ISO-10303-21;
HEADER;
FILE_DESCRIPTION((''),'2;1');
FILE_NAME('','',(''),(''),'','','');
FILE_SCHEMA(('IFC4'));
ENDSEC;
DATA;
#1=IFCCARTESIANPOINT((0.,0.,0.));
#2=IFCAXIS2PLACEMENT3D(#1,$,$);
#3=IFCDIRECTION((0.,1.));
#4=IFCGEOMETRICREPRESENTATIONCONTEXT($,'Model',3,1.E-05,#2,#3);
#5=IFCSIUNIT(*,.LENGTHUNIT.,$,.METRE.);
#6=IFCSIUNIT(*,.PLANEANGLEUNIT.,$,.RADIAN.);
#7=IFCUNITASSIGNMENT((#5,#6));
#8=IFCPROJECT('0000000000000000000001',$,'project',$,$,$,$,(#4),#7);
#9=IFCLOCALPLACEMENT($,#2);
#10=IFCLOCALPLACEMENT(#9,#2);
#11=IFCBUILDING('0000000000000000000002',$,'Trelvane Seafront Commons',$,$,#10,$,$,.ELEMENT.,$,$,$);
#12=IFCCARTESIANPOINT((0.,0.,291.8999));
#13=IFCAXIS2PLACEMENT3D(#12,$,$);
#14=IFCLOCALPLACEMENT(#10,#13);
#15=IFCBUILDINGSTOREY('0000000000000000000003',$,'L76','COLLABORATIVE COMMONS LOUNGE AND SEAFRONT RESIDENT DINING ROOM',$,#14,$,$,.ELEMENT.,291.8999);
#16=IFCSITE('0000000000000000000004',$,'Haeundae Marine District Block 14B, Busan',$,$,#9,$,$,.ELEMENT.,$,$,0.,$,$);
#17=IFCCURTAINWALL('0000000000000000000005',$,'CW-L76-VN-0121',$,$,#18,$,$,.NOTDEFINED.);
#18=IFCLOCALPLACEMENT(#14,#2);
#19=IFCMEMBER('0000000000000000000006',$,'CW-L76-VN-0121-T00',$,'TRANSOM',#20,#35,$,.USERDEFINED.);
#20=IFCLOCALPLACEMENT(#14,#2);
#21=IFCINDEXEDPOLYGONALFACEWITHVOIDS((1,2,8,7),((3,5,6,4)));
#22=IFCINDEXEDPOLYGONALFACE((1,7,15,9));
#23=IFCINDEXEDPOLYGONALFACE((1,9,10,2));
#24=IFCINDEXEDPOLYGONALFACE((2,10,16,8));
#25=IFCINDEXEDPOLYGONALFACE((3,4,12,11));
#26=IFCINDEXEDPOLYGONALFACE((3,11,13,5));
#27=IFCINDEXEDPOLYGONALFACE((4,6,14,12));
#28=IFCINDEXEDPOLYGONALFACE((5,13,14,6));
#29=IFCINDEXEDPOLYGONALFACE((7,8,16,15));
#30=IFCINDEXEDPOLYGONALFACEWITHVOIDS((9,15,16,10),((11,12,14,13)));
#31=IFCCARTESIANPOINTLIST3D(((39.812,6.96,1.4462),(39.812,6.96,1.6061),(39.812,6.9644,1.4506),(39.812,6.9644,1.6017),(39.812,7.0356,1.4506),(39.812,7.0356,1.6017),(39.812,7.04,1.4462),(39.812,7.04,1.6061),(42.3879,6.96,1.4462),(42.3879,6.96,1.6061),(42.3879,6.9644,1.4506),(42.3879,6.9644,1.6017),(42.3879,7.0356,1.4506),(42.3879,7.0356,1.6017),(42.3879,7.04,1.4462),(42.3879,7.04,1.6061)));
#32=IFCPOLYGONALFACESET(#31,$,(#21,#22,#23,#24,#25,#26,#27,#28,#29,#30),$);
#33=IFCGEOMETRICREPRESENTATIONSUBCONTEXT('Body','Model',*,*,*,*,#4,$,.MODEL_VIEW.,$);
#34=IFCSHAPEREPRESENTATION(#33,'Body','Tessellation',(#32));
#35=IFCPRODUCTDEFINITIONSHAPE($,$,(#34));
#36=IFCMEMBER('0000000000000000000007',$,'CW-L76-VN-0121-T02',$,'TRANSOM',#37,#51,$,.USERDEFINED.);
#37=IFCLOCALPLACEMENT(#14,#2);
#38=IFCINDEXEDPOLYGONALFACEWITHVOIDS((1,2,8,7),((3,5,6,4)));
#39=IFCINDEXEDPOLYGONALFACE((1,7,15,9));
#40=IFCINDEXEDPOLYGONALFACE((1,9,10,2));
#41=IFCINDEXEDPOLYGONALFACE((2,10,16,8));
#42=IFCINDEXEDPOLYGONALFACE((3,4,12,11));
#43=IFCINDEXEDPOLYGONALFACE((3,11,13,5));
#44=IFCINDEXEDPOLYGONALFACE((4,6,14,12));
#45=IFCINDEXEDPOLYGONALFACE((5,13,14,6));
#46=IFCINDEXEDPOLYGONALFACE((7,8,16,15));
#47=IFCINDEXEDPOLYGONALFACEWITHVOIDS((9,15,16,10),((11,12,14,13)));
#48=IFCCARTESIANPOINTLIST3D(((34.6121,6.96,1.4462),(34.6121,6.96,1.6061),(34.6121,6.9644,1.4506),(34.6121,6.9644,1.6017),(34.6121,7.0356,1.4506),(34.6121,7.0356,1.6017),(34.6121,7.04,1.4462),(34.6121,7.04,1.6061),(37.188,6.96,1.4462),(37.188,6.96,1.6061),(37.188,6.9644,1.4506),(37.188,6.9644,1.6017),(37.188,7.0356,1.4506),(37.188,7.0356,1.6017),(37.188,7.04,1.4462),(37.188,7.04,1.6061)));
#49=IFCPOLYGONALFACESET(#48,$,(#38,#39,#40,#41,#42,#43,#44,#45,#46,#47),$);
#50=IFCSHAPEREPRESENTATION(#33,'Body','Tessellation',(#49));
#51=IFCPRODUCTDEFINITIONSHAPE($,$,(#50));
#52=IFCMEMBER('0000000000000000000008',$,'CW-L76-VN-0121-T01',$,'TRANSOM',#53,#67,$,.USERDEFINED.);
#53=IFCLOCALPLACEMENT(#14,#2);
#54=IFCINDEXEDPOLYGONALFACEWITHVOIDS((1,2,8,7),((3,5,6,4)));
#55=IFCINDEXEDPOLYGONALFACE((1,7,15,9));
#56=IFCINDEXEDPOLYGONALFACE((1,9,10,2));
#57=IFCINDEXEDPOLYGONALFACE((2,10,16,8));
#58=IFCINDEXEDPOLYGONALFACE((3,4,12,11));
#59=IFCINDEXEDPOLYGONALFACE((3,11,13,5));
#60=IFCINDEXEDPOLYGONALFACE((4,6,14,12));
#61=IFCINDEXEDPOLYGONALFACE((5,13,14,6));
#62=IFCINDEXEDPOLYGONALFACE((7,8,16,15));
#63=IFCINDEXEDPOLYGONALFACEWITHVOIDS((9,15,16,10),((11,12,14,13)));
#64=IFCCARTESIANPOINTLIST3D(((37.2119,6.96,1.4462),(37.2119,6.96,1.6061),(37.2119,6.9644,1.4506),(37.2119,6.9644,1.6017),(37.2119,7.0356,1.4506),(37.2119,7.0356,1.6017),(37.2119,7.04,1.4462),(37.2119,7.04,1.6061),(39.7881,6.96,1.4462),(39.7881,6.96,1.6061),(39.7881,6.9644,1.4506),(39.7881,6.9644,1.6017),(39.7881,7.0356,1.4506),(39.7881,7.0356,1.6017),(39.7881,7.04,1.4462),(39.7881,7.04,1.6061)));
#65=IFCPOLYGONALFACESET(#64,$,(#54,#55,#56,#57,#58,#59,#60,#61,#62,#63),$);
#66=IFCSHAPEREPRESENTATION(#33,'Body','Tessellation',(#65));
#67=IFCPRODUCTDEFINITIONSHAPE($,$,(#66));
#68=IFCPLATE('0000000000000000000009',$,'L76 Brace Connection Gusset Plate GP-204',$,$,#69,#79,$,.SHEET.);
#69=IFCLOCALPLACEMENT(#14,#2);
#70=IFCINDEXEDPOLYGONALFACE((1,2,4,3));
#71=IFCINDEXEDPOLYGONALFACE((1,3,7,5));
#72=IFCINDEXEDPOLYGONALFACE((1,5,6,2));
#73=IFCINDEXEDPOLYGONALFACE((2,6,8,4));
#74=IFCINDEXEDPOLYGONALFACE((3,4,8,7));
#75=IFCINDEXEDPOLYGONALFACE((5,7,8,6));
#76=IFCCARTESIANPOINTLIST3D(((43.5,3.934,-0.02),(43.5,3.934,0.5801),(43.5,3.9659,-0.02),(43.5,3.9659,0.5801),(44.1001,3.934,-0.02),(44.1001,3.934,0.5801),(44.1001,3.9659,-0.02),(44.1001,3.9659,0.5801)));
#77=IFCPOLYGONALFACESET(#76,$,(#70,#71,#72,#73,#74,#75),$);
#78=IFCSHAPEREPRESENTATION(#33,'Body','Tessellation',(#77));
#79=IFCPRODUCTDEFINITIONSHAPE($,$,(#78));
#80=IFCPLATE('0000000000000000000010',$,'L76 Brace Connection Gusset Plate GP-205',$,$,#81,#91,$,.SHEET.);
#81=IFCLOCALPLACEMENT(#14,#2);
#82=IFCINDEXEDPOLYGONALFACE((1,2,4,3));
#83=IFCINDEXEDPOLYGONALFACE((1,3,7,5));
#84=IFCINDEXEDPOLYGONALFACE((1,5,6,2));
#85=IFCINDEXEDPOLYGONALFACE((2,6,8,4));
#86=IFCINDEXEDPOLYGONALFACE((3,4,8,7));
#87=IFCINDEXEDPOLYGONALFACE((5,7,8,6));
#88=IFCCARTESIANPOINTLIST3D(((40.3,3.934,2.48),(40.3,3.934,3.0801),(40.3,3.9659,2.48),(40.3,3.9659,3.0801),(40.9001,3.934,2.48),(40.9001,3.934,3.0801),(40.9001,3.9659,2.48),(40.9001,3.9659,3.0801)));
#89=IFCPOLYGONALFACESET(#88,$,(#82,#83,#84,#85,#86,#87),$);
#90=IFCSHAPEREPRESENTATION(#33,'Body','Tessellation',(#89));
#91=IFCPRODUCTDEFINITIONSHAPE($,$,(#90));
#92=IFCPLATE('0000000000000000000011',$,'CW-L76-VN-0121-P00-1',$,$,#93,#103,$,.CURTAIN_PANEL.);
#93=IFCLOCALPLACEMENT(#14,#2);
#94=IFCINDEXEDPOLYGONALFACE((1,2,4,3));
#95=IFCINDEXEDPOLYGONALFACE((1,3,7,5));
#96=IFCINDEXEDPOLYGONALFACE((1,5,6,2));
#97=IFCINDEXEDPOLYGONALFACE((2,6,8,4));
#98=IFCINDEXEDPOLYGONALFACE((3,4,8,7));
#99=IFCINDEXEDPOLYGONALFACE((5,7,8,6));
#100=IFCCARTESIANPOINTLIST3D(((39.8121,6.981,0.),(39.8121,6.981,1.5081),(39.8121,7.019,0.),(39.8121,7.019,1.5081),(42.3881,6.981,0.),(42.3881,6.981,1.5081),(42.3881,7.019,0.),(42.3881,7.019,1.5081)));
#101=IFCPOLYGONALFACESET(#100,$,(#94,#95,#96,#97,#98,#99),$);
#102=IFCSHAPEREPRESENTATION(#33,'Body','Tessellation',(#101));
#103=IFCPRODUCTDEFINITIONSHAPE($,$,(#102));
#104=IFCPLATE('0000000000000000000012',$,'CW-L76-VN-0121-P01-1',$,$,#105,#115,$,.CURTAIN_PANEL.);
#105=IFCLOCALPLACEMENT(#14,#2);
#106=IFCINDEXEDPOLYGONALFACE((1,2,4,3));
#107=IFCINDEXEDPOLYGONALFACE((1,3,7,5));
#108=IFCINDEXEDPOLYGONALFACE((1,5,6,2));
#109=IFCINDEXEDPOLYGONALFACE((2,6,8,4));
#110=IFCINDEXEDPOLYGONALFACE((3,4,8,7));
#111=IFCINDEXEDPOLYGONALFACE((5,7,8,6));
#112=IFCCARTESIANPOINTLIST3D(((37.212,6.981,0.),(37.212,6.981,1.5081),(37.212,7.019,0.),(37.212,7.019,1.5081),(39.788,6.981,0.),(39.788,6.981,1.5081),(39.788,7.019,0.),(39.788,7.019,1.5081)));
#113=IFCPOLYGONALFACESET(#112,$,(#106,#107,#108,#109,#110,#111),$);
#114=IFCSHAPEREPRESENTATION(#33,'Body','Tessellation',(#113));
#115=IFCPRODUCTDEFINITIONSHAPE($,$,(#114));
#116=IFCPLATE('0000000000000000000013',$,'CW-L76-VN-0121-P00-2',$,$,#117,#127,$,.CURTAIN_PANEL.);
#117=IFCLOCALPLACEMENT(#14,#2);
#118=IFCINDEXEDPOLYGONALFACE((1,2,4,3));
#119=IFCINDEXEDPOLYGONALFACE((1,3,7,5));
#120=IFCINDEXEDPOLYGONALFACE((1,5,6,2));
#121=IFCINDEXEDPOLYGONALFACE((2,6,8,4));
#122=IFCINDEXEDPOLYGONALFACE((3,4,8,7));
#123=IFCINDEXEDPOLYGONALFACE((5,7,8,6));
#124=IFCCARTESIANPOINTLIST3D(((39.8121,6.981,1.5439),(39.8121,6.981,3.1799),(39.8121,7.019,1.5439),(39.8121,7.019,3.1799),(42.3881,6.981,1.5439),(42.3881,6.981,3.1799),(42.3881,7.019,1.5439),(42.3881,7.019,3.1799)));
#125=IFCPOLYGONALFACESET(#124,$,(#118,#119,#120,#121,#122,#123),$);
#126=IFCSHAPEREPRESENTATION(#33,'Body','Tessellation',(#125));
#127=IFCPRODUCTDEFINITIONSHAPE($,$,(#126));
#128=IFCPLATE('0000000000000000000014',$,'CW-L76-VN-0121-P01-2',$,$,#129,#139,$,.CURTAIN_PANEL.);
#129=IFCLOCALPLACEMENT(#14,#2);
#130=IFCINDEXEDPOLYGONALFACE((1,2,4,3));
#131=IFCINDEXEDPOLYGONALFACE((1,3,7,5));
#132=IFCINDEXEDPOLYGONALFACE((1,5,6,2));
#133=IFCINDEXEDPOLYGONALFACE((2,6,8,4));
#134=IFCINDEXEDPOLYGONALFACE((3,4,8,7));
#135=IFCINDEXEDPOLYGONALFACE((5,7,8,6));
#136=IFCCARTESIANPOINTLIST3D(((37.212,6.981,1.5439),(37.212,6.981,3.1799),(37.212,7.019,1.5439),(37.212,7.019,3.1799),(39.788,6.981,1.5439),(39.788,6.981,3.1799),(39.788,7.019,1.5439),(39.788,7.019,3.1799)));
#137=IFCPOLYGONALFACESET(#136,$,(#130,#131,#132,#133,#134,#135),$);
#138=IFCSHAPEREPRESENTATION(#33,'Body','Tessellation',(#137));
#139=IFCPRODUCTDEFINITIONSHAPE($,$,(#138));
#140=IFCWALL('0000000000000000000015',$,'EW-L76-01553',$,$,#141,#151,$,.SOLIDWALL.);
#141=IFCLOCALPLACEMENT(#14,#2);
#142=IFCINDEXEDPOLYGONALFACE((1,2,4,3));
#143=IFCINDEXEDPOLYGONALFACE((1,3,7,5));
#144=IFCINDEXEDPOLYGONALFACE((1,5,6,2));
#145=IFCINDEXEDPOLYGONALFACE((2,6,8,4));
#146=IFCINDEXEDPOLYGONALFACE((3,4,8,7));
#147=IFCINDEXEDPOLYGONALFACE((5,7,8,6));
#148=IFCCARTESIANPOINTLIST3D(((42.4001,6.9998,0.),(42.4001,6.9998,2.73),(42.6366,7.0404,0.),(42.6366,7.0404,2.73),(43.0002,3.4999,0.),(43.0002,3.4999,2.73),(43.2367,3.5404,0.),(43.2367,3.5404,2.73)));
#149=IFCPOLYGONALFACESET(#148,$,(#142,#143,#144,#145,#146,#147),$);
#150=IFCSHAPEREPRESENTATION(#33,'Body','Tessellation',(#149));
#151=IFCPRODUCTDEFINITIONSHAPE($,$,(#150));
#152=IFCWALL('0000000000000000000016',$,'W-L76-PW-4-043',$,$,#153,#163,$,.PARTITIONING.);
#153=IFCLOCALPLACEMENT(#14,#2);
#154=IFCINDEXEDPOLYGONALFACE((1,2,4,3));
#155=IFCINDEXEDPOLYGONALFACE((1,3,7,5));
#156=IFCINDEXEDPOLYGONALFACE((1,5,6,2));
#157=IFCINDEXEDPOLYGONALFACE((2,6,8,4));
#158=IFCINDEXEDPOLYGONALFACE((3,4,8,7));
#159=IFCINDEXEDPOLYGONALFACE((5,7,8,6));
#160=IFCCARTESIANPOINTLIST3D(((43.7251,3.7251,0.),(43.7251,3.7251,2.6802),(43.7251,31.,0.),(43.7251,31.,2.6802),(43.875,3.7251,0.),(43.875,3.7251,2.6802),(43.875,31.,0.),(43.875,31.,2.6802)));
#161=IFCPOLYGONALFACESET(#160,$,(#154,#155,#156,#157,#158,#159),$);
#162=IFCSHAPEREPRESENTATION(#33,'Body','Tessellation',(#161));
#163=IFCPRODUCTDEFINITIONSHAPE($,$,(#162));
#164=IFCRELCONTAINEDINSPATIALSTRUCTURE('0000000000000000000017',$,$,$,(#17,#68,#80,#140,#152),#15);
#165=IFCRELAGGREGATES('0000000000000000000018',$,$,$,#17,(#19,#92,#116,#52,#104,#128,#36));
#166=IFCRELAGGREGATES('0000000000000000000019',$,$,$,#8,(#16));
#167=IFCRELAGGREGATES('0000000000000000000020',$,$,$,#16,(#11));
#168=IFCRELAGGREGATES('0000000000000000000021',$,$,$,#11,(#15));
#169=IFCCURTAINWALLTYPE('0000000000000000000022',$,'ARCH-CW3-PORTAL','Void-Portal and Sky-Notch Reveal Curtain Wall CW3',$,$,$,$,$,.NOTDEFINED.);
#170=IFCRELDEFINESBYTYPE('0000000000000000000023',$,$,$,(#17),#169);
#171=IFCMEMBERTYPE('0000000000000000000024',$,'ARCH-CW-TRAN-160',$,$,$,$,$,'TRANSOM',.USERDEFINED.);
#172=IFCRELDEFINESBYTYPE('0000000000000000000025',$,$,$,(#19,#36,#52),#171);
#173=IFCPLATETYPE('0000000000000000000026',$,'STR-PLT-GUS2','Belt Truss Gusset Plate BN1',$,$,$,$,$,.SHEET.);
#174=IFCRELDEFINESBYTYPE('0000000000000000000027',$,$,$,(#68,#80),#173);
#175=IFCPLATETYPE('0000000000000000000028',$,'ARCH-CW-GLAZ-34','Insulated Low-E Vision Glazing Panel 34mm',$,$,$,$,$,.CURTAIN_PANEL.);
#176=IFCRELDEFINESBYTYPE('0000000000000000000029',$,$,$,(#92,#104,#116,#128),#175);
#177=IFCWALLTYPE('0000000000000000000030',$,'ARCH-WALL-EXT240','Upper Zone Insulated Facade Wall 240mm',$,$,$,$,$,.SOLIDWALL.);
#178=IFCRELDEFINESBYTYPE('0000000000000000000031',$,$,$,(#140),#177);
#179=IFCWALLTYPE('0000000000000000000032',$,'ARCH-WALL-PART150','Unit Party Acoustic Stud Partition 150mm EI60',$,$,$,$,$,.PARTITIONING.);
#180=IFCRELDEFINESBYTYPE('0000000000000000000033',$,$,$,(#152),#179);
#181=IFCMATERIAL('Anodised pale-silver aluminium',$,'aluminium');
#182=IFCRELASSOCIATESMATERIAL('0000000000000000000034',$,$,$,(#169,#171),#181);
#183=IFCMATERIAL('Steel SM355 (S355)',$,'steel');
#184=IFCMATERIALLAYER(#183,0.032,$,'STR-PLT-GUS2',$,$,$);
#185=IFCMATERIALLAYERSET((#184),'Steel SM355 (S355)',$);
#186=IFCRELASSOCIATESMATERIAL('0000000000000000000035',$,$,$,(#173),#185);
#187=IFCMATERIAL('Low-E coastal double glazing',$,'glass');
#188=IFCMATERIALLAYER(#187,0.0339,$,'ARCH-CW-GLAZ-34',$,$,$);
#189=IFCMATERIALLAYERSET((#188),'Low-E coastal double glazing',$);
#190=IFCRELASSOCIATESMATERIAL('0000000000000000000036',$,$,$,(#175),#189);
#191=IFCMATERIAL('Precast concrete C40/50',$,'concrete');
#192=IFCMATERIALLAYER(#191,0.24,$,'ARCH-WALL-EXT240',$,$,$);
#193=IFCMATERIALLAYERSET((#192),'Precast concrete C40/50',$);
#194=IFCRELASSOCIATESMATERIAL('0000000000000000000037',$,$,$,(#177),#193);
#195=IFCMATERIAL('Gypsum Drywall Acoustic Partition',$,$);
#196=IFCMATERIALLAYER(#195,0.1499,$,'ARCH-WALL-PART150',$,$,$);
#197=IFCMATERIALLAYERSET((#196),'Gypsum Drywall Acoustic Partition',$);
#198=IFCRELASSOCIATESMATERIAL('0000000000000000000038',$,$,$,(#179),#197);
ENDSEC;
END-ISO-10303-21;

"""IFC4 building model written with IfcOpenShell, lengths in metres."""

from ifc_helpers import new_model, si_unit, direction, frame, frame_2d, origin, origin_2d, place, context, subcontext, project, spatial, rectangle, hollow_rectangle, extrude, source, transform, mapped, material, layer, layer_set, material_profile, profile_set, type_object, element, aggregate, save


model = new_model("IFC4")

# Units and contexts
model_context = context("Model", 3, precision=1e-05, world=origin(), true_north=direction((0.0, 1.0)))
body_context = subcontext(model_context, "Body", "Model", "MODEL_VIEW")
ifc_project = project(units=[si_unit("LENGTHUNIT", "METRE"), si_unit("PLANEANGLEUNIT", "RADIAN")], contexts=[model_context])

# Site, building, storey
site_placement = place(None, origin())
site = spatial("IfcSite", under=ifc_project, at=site_placement, Name="Haeundae Marine District Block 14B, Busan", CompositionType="ELEMENT", RefElevation=0.0)
building_placement = place(site_placement, origin())
building = spatial("IfcBuilding", under=site, at=building_placement, Name="Trelvane Seafront Commons", CompositionType="ELEMENT")
storey_placement = place(building_placement, frame((0.0, 0.0, 291.8999)))
storey = spatial("IfcBuildingStorey", under=building, at=storey_placement, Name="L76", Description="COLLABORATIVE COMMONS LOUNGE AND SEAFRONT RESIDENT DINING ROOM", CompositionType="ELEMENT", Elevation=291.8999)

# Shared definitions
ifc_material_1 = material(Name="Steel SM355 (S355)", Category="steel")

# Curtain wall, members
ifc_material_2 = material(Name="Anodised pale-silver aluminium", Category="aluminium")
curtain_wall_type = type_object("IfcCurtainWallType", Name="ARCH-CW3-PORTAL", Description="Void-Portal and Sky-Notch Reveal Curtain Wall CW3", PredefinedType="NOTDEFINED", material=ifc_material_2)
curtain_wall_placement = place(storey_placement, origin())
curtain_wall = element("IfcCurtainWall", 1, at=curtain_wall_placement, inside=storey, type_object=curtain_wall_type, Name="CW-L76-VN-0121", PredefinedType="NOTDEFINED")
ifc_material_profile_1 = material_profile(ifc_material_2, hollow_rectangle(XDim=0.0801, YDim=0.1599, WallThickness=0.0044, at=origin_2d()), Name="TRAN-80x160x4.5")
ifc_profile_set_1 = profile_set([ifc_material_profile_1], Name="Anodised pale-silver aluminium")
member_type_1 = type_object("IfcMemberType", Name="ARCH-CW-TRAN-160", ElementType="TRANSOM", PredefinedType="USERDEFINED", material=ifc_profile_set_1)
shared_shape_1 = source(origin(), body_context, "Body", "SweptSolid", [
    extrude(hollow_rectangle(XDim=0.0801, YDim=0.1599, WallThickness=0.0044, at=origin_2d()), origin(), (0.0, 0.0, 1.0), 2.5759),
])
member_1_placement = place(storey_placement, frame((42.3879, 7.0, 1.5261), z_axis=(-1.0, 0.0, 0.0), x_axis=(0.0, -1.0, 0.0)))
member_1 = element("IfcMember", 2, at=member_1_placement, type_object=member_type_1, Name="CW-L76-VN-0121-T00", ObjectType="TRANSOM", PredefinedType="USERDEFINED", context=body_context, shape_type="MappedRepresentation", body=[
    mapped(shared_shape_1, transform((0.0, 0.0, 0.0), x_axis=(1.0, 0.0, 0.0), y_axis=(0.0, 1.0, 0.0), z_axis=(0.0, 0.0, 1.0), scale=1.0)),
])
member_2_placement = place(storey_placement, frame((37.188, 7.0, 1.5261), z_axis=(-1.0, 0.0, 0.0), x_axis=(0.0, -1.0, 0.0)))
member_2 = element("IfcMember", 3, at=member_2_placement, type_object=member_type_1, Name="CW-L76-VN-0121-T02", ObjectType="TRANSOM", PredefinedType="USERDEFINED", context=body_context, shape_type="MappedRepresentation", body=[
    mapped(shared_shape_1, transform((0.0, 0.0, 0.0), x_axis=(1.0, 0.0, 0.0), y_axis=(0.0, 1.0, 0.0), z_axis=(0.0, 0.0, 1.0), scale=1.0)),
])
shared_shape_2 = source(origin(), body_context, "Body", "SweptSolid", [
    extrude(hollow_rectangle(XDim=0.0801, YDim=0.1599, WallThickness=0.0044, at=origin_2d()), origin(), (0.0, 0.0, 1.0), 2.5762),
])
member_3_placement = place(storey_placement, frame((39.7881, 7.0, 1.5261), z_axis=(-1.0, 0.0, 0.0), x_axis=(0.0, -1.0, 0.0)))
member_3 = element("IfcMember", 4, at=member_3_placement, type_object=member_type_1, Name="CW-L76-VN-0121-T01", ObjectType="TRANSOM", PredefinedType="USERDEFINED", context=body_context, shape_type="MappedRepresentation", body=[
    mapped(shared_shape_2, transform((0.0, 0.0, 0.0), x_axis=(1.0, 0.0, 0.0), y_axis=(0.0, 1.0, 0.0), z_axis=(0.0, 0.0, 1.0), scale=1.0)),
])

# Plates
ifc_layer_1 = layer(ifc_material_1, 0.032, Name="STR-PLT-GUS2")
ifc_layer_set_1 = layer_set([ifc_layer_1], Name="Steel SM355 (S355)")
plate_type_1 = type_object("IfcPlateType", Name="STR-PLT-GUS2", Description="Belt Truss Gusset Plate BN1", PredefinedType="SHEET", material=ifc_layer_set_1)
shared_shape_3 = source(origin(), body_context, "Body", "SweptSolid", [
    extrude(rectangle(XDim=0.6001, YDim=0.032, at=origin_2d()), origin(), (0.0, 0.0, 1.0), 0.6001),
])
for number, where, z_axis, x_axis, name in (
    (5, (43.8, 3.95, -0.02), (0.0, 0.0, 1.0), (1.0, 0.0, 0.0), "L76 Brace Connection Gusset Plate GP-204"),
    (6, (40.6001, 3.95, 2.48), (0.0, 0.0, 1.0), (1.0, 0.0, 0.0), "L76 Brace Connection Gusset Plate GP-205"),
):
    element("IfcPlate", number, at=place(storey_placement, frame(where, z_axis=z_axis, x_axis=x_axis)), inside=storey, type_object=plate_type_1, Name=name, PredefinedType="SHEET", context=body_context, shape_type="MappedRepresentation", body=[
        mapped(shared_shape_3, transform((0.0, 0.0, 0.0), x_axis=(1.0, 0.0, 0.0), y_axis=(0.0, 1.0, 0.0), z_axis=(0.0, 0.0, 1.0), scale=1.0)),
    ])

# Plates
ifc_material_3 = material(Name="Low-E coastal double glazing", Category="glass")
ifc_layer_2 = layer(ifc_material_3, 0.0339, Name="ARCH-CW-GLAZ-34")
ifc_layer_set_2 = layer_set([ifc_layer_2], Name="Low-E coastal double glazing")
plate_type_2 = type_object("IfcPlateType", Name="ARCH-CW-GLAZ-34", Description="Insulated Low-E Vision Glazing Panel 34mm", PredefinedType="CURTAIN_PANEL", material=ifc_layer_set_2)
shared_shape_4 = source(origin(), body_context, "Body", "SweptSolid", [
    extrude(rectangle(XDim=2.5759, YDim=0.0381, at=origin_2d()), origin(), (0.0, 0.0, 1.0), 1.5081),
])
plate_1_placement = place(storey_placement, frame((41.1001, 7.0, 0.0), z_axis=(0.0, 0.0, 1.0), x_axis=(-1.0, 0.0, 0.0)))
plate_1 = element("IfcPlate", 7, at=plate_1_placement, type_object=plate_type_2, Name="CW-L76-VN-0121-P00-1", PredefinedType="CURTAIN_PANEL", context=body_context, shape_type="MappedRepresentation", body=[
    mapped(shared_shape_4, transform((0.0, 0.0, 0.0), x_axis=(1.0, 0.0, 0.0), y_axis=(0.0, 1.0, 0.0), z_axis=(0.0, 0.0, 1.0), scale=1.0)),
])
plate_2_placement = place(storey_placement, frame((38.5, 7.0, 0.0), z_axis=(0.0, 0.0, 1.0), x_axis=(-1.0, 0.0, 0.0)))
plate_2 = element("IfcPlate", 8, at=plate_2_placement, type_object=plate_type_2, Name="CW-L76-VN-0121-P01-1", PredefinedType="CURTAIN_PANEL", context=body_context, shape_type="MappedRepresentation", body=[
    mapped(shared_shape_4, transform((0.0, 0.0, 0.0), x_axis=(1.0, 0.0, 0.0), y_axis=(0.0, 1.0, 0.0), z_axis=(0.0, 0.0, 1.0), scale=1.0)),
])
shared_shape_5 = source(origin(), body_context, "Body", "SweptSolid", [
    extrude(rectangle(XDim=2.5759, YDim=0.0381, at=origin_2d()), origin(), (0.0, 0.0, 1.0), 1.636),
])
plate_3_placement = place(storey_placement, frame((41.1001, 7.0, 1.5439), z_axis=(0.0, 0.0, 1.0), x_axis=(-1.0, 0.0, 0.0)))
plate_3 = element("IfcPlate", 9, at=plate_3_placement, type_object=plate_type_2, Name="CW-L76-VN-0121-P00-2", PredefinedType="CURTAIN_PANEL", context=body_context, shape_type="MappedRepresentation", body=[
    mapped(shared_shape_5, transform((0.0, 0.0, 0.0), x_axis=(1.0, 0.0, 0.0), y_axis=(0.0, 1.0, 0.0), z_axis=(0.0, 0.0, 1.0), scale=1.0)),
])
plate_4_placement = place(storey_placement, frame((38.5, 7.0, 1.5439), z_axis=(0.0, 0.0, 1.0), x_axis=(-1.0, 0.0, 0.0)))
plate_4 = element("IfcPlate", 10, at=plate_4_placement, type_object=plate_type_2, Name="CW-L76-VN-0121-P01-2", PredefinedType="CURTAIN_PANEL", context=body_context, shape_type="MappedRepresentation", body=[
    mapped(shared_shape_5, transform((0.0, 0.0, 0.0), x_axis=(1.0, 0.0, 0.0), y_axis=(0.0, 1.0, 0.0), z_axis=(0.0, 0.0, 1.0), scale=1.0)),
])
aggregate(curtain_wall, [member_1, plate_1, plate_3, member_3, plate_2, plate_4, member_2])

# Walls
ifc_material_4 = material(Name="Precast concrete C40/50", Category="concrete")
ifc_layer_3 = layer(ifc_material_4, 0.24, Name="ARCH-WALL-EXT240")
ifc_layer_set_3 = layer_set([ifc_layer_3], Name="Precast concrete C40/50")
wall_type_1 = type_object("IfcWallType", Name="ARCH-WALL-EXT240", Description="Upper Zone Insulated Facade Wall 240mm", PredefinedType="SOLIDWALL", material=ifc_layer_set_3)
wall_1_placement = place(storey_placement, frame((43.1184, 3.5203, 0.0), z_axis=(0.0, 0.0, 1.0), x_axis=(-0.168991, 0.985618, 0.0)))
element("IfcWall", 11, at=wall_1_placement, inside=storey, type_object=wall_type_1, Name="EW-L76-01553", PredefinedType="SOLIDWALL", context=body_context, shape_type="SweptSolid", body=[
    extrude(rectangle(XDim=3.551, YDim=0.24, at=frame_2d((1.7754, 0.0))), origin(), (0.0, 0.0, 1.0), 2.73),
])
ifc_material_5 = material(Name="Gypsum Drywall Acoustic Partition")
ifc_layer_4 = layer(ifc_material_5, 0.1499, Name="ARCH-WALL-PART150")
ifc_layer_set_4 = layer_set([ifc_layer_4], Name="Gypsum Drywall Acoustic Partition")
wall_type_2 = type_object("IfcWallType", Name="ARCH-WALL-PART150", Description="Unit Party Acoustic Stud Partition 150mm EI60", PredefinedType="PARTITIONING", material=ifc_layer_set_4)
wall_2_placement = place(storey_placement, frame((43.8, 3.7251, 0.0), z_axis=(0.0, 0.0, 1.0), x_axis=(0.0, 1.0, 0.0)))
element("IfcWall", 12, at=wall_2_placement, inside=storey, type_object=wall_type_2, Name="W-L76-PW-4-043", PredefinedType="PARTITIONING", context=body_context, shape_type="SweptSolid", body=[
    extrude(rectangle(XDim=27.2749, YDim=0.1499, at=frame_2d((13.6375, 0.0))), origin(), (0.0, 0.0, 1.0), 2.6802),
])

save(model, "model.ifc")
